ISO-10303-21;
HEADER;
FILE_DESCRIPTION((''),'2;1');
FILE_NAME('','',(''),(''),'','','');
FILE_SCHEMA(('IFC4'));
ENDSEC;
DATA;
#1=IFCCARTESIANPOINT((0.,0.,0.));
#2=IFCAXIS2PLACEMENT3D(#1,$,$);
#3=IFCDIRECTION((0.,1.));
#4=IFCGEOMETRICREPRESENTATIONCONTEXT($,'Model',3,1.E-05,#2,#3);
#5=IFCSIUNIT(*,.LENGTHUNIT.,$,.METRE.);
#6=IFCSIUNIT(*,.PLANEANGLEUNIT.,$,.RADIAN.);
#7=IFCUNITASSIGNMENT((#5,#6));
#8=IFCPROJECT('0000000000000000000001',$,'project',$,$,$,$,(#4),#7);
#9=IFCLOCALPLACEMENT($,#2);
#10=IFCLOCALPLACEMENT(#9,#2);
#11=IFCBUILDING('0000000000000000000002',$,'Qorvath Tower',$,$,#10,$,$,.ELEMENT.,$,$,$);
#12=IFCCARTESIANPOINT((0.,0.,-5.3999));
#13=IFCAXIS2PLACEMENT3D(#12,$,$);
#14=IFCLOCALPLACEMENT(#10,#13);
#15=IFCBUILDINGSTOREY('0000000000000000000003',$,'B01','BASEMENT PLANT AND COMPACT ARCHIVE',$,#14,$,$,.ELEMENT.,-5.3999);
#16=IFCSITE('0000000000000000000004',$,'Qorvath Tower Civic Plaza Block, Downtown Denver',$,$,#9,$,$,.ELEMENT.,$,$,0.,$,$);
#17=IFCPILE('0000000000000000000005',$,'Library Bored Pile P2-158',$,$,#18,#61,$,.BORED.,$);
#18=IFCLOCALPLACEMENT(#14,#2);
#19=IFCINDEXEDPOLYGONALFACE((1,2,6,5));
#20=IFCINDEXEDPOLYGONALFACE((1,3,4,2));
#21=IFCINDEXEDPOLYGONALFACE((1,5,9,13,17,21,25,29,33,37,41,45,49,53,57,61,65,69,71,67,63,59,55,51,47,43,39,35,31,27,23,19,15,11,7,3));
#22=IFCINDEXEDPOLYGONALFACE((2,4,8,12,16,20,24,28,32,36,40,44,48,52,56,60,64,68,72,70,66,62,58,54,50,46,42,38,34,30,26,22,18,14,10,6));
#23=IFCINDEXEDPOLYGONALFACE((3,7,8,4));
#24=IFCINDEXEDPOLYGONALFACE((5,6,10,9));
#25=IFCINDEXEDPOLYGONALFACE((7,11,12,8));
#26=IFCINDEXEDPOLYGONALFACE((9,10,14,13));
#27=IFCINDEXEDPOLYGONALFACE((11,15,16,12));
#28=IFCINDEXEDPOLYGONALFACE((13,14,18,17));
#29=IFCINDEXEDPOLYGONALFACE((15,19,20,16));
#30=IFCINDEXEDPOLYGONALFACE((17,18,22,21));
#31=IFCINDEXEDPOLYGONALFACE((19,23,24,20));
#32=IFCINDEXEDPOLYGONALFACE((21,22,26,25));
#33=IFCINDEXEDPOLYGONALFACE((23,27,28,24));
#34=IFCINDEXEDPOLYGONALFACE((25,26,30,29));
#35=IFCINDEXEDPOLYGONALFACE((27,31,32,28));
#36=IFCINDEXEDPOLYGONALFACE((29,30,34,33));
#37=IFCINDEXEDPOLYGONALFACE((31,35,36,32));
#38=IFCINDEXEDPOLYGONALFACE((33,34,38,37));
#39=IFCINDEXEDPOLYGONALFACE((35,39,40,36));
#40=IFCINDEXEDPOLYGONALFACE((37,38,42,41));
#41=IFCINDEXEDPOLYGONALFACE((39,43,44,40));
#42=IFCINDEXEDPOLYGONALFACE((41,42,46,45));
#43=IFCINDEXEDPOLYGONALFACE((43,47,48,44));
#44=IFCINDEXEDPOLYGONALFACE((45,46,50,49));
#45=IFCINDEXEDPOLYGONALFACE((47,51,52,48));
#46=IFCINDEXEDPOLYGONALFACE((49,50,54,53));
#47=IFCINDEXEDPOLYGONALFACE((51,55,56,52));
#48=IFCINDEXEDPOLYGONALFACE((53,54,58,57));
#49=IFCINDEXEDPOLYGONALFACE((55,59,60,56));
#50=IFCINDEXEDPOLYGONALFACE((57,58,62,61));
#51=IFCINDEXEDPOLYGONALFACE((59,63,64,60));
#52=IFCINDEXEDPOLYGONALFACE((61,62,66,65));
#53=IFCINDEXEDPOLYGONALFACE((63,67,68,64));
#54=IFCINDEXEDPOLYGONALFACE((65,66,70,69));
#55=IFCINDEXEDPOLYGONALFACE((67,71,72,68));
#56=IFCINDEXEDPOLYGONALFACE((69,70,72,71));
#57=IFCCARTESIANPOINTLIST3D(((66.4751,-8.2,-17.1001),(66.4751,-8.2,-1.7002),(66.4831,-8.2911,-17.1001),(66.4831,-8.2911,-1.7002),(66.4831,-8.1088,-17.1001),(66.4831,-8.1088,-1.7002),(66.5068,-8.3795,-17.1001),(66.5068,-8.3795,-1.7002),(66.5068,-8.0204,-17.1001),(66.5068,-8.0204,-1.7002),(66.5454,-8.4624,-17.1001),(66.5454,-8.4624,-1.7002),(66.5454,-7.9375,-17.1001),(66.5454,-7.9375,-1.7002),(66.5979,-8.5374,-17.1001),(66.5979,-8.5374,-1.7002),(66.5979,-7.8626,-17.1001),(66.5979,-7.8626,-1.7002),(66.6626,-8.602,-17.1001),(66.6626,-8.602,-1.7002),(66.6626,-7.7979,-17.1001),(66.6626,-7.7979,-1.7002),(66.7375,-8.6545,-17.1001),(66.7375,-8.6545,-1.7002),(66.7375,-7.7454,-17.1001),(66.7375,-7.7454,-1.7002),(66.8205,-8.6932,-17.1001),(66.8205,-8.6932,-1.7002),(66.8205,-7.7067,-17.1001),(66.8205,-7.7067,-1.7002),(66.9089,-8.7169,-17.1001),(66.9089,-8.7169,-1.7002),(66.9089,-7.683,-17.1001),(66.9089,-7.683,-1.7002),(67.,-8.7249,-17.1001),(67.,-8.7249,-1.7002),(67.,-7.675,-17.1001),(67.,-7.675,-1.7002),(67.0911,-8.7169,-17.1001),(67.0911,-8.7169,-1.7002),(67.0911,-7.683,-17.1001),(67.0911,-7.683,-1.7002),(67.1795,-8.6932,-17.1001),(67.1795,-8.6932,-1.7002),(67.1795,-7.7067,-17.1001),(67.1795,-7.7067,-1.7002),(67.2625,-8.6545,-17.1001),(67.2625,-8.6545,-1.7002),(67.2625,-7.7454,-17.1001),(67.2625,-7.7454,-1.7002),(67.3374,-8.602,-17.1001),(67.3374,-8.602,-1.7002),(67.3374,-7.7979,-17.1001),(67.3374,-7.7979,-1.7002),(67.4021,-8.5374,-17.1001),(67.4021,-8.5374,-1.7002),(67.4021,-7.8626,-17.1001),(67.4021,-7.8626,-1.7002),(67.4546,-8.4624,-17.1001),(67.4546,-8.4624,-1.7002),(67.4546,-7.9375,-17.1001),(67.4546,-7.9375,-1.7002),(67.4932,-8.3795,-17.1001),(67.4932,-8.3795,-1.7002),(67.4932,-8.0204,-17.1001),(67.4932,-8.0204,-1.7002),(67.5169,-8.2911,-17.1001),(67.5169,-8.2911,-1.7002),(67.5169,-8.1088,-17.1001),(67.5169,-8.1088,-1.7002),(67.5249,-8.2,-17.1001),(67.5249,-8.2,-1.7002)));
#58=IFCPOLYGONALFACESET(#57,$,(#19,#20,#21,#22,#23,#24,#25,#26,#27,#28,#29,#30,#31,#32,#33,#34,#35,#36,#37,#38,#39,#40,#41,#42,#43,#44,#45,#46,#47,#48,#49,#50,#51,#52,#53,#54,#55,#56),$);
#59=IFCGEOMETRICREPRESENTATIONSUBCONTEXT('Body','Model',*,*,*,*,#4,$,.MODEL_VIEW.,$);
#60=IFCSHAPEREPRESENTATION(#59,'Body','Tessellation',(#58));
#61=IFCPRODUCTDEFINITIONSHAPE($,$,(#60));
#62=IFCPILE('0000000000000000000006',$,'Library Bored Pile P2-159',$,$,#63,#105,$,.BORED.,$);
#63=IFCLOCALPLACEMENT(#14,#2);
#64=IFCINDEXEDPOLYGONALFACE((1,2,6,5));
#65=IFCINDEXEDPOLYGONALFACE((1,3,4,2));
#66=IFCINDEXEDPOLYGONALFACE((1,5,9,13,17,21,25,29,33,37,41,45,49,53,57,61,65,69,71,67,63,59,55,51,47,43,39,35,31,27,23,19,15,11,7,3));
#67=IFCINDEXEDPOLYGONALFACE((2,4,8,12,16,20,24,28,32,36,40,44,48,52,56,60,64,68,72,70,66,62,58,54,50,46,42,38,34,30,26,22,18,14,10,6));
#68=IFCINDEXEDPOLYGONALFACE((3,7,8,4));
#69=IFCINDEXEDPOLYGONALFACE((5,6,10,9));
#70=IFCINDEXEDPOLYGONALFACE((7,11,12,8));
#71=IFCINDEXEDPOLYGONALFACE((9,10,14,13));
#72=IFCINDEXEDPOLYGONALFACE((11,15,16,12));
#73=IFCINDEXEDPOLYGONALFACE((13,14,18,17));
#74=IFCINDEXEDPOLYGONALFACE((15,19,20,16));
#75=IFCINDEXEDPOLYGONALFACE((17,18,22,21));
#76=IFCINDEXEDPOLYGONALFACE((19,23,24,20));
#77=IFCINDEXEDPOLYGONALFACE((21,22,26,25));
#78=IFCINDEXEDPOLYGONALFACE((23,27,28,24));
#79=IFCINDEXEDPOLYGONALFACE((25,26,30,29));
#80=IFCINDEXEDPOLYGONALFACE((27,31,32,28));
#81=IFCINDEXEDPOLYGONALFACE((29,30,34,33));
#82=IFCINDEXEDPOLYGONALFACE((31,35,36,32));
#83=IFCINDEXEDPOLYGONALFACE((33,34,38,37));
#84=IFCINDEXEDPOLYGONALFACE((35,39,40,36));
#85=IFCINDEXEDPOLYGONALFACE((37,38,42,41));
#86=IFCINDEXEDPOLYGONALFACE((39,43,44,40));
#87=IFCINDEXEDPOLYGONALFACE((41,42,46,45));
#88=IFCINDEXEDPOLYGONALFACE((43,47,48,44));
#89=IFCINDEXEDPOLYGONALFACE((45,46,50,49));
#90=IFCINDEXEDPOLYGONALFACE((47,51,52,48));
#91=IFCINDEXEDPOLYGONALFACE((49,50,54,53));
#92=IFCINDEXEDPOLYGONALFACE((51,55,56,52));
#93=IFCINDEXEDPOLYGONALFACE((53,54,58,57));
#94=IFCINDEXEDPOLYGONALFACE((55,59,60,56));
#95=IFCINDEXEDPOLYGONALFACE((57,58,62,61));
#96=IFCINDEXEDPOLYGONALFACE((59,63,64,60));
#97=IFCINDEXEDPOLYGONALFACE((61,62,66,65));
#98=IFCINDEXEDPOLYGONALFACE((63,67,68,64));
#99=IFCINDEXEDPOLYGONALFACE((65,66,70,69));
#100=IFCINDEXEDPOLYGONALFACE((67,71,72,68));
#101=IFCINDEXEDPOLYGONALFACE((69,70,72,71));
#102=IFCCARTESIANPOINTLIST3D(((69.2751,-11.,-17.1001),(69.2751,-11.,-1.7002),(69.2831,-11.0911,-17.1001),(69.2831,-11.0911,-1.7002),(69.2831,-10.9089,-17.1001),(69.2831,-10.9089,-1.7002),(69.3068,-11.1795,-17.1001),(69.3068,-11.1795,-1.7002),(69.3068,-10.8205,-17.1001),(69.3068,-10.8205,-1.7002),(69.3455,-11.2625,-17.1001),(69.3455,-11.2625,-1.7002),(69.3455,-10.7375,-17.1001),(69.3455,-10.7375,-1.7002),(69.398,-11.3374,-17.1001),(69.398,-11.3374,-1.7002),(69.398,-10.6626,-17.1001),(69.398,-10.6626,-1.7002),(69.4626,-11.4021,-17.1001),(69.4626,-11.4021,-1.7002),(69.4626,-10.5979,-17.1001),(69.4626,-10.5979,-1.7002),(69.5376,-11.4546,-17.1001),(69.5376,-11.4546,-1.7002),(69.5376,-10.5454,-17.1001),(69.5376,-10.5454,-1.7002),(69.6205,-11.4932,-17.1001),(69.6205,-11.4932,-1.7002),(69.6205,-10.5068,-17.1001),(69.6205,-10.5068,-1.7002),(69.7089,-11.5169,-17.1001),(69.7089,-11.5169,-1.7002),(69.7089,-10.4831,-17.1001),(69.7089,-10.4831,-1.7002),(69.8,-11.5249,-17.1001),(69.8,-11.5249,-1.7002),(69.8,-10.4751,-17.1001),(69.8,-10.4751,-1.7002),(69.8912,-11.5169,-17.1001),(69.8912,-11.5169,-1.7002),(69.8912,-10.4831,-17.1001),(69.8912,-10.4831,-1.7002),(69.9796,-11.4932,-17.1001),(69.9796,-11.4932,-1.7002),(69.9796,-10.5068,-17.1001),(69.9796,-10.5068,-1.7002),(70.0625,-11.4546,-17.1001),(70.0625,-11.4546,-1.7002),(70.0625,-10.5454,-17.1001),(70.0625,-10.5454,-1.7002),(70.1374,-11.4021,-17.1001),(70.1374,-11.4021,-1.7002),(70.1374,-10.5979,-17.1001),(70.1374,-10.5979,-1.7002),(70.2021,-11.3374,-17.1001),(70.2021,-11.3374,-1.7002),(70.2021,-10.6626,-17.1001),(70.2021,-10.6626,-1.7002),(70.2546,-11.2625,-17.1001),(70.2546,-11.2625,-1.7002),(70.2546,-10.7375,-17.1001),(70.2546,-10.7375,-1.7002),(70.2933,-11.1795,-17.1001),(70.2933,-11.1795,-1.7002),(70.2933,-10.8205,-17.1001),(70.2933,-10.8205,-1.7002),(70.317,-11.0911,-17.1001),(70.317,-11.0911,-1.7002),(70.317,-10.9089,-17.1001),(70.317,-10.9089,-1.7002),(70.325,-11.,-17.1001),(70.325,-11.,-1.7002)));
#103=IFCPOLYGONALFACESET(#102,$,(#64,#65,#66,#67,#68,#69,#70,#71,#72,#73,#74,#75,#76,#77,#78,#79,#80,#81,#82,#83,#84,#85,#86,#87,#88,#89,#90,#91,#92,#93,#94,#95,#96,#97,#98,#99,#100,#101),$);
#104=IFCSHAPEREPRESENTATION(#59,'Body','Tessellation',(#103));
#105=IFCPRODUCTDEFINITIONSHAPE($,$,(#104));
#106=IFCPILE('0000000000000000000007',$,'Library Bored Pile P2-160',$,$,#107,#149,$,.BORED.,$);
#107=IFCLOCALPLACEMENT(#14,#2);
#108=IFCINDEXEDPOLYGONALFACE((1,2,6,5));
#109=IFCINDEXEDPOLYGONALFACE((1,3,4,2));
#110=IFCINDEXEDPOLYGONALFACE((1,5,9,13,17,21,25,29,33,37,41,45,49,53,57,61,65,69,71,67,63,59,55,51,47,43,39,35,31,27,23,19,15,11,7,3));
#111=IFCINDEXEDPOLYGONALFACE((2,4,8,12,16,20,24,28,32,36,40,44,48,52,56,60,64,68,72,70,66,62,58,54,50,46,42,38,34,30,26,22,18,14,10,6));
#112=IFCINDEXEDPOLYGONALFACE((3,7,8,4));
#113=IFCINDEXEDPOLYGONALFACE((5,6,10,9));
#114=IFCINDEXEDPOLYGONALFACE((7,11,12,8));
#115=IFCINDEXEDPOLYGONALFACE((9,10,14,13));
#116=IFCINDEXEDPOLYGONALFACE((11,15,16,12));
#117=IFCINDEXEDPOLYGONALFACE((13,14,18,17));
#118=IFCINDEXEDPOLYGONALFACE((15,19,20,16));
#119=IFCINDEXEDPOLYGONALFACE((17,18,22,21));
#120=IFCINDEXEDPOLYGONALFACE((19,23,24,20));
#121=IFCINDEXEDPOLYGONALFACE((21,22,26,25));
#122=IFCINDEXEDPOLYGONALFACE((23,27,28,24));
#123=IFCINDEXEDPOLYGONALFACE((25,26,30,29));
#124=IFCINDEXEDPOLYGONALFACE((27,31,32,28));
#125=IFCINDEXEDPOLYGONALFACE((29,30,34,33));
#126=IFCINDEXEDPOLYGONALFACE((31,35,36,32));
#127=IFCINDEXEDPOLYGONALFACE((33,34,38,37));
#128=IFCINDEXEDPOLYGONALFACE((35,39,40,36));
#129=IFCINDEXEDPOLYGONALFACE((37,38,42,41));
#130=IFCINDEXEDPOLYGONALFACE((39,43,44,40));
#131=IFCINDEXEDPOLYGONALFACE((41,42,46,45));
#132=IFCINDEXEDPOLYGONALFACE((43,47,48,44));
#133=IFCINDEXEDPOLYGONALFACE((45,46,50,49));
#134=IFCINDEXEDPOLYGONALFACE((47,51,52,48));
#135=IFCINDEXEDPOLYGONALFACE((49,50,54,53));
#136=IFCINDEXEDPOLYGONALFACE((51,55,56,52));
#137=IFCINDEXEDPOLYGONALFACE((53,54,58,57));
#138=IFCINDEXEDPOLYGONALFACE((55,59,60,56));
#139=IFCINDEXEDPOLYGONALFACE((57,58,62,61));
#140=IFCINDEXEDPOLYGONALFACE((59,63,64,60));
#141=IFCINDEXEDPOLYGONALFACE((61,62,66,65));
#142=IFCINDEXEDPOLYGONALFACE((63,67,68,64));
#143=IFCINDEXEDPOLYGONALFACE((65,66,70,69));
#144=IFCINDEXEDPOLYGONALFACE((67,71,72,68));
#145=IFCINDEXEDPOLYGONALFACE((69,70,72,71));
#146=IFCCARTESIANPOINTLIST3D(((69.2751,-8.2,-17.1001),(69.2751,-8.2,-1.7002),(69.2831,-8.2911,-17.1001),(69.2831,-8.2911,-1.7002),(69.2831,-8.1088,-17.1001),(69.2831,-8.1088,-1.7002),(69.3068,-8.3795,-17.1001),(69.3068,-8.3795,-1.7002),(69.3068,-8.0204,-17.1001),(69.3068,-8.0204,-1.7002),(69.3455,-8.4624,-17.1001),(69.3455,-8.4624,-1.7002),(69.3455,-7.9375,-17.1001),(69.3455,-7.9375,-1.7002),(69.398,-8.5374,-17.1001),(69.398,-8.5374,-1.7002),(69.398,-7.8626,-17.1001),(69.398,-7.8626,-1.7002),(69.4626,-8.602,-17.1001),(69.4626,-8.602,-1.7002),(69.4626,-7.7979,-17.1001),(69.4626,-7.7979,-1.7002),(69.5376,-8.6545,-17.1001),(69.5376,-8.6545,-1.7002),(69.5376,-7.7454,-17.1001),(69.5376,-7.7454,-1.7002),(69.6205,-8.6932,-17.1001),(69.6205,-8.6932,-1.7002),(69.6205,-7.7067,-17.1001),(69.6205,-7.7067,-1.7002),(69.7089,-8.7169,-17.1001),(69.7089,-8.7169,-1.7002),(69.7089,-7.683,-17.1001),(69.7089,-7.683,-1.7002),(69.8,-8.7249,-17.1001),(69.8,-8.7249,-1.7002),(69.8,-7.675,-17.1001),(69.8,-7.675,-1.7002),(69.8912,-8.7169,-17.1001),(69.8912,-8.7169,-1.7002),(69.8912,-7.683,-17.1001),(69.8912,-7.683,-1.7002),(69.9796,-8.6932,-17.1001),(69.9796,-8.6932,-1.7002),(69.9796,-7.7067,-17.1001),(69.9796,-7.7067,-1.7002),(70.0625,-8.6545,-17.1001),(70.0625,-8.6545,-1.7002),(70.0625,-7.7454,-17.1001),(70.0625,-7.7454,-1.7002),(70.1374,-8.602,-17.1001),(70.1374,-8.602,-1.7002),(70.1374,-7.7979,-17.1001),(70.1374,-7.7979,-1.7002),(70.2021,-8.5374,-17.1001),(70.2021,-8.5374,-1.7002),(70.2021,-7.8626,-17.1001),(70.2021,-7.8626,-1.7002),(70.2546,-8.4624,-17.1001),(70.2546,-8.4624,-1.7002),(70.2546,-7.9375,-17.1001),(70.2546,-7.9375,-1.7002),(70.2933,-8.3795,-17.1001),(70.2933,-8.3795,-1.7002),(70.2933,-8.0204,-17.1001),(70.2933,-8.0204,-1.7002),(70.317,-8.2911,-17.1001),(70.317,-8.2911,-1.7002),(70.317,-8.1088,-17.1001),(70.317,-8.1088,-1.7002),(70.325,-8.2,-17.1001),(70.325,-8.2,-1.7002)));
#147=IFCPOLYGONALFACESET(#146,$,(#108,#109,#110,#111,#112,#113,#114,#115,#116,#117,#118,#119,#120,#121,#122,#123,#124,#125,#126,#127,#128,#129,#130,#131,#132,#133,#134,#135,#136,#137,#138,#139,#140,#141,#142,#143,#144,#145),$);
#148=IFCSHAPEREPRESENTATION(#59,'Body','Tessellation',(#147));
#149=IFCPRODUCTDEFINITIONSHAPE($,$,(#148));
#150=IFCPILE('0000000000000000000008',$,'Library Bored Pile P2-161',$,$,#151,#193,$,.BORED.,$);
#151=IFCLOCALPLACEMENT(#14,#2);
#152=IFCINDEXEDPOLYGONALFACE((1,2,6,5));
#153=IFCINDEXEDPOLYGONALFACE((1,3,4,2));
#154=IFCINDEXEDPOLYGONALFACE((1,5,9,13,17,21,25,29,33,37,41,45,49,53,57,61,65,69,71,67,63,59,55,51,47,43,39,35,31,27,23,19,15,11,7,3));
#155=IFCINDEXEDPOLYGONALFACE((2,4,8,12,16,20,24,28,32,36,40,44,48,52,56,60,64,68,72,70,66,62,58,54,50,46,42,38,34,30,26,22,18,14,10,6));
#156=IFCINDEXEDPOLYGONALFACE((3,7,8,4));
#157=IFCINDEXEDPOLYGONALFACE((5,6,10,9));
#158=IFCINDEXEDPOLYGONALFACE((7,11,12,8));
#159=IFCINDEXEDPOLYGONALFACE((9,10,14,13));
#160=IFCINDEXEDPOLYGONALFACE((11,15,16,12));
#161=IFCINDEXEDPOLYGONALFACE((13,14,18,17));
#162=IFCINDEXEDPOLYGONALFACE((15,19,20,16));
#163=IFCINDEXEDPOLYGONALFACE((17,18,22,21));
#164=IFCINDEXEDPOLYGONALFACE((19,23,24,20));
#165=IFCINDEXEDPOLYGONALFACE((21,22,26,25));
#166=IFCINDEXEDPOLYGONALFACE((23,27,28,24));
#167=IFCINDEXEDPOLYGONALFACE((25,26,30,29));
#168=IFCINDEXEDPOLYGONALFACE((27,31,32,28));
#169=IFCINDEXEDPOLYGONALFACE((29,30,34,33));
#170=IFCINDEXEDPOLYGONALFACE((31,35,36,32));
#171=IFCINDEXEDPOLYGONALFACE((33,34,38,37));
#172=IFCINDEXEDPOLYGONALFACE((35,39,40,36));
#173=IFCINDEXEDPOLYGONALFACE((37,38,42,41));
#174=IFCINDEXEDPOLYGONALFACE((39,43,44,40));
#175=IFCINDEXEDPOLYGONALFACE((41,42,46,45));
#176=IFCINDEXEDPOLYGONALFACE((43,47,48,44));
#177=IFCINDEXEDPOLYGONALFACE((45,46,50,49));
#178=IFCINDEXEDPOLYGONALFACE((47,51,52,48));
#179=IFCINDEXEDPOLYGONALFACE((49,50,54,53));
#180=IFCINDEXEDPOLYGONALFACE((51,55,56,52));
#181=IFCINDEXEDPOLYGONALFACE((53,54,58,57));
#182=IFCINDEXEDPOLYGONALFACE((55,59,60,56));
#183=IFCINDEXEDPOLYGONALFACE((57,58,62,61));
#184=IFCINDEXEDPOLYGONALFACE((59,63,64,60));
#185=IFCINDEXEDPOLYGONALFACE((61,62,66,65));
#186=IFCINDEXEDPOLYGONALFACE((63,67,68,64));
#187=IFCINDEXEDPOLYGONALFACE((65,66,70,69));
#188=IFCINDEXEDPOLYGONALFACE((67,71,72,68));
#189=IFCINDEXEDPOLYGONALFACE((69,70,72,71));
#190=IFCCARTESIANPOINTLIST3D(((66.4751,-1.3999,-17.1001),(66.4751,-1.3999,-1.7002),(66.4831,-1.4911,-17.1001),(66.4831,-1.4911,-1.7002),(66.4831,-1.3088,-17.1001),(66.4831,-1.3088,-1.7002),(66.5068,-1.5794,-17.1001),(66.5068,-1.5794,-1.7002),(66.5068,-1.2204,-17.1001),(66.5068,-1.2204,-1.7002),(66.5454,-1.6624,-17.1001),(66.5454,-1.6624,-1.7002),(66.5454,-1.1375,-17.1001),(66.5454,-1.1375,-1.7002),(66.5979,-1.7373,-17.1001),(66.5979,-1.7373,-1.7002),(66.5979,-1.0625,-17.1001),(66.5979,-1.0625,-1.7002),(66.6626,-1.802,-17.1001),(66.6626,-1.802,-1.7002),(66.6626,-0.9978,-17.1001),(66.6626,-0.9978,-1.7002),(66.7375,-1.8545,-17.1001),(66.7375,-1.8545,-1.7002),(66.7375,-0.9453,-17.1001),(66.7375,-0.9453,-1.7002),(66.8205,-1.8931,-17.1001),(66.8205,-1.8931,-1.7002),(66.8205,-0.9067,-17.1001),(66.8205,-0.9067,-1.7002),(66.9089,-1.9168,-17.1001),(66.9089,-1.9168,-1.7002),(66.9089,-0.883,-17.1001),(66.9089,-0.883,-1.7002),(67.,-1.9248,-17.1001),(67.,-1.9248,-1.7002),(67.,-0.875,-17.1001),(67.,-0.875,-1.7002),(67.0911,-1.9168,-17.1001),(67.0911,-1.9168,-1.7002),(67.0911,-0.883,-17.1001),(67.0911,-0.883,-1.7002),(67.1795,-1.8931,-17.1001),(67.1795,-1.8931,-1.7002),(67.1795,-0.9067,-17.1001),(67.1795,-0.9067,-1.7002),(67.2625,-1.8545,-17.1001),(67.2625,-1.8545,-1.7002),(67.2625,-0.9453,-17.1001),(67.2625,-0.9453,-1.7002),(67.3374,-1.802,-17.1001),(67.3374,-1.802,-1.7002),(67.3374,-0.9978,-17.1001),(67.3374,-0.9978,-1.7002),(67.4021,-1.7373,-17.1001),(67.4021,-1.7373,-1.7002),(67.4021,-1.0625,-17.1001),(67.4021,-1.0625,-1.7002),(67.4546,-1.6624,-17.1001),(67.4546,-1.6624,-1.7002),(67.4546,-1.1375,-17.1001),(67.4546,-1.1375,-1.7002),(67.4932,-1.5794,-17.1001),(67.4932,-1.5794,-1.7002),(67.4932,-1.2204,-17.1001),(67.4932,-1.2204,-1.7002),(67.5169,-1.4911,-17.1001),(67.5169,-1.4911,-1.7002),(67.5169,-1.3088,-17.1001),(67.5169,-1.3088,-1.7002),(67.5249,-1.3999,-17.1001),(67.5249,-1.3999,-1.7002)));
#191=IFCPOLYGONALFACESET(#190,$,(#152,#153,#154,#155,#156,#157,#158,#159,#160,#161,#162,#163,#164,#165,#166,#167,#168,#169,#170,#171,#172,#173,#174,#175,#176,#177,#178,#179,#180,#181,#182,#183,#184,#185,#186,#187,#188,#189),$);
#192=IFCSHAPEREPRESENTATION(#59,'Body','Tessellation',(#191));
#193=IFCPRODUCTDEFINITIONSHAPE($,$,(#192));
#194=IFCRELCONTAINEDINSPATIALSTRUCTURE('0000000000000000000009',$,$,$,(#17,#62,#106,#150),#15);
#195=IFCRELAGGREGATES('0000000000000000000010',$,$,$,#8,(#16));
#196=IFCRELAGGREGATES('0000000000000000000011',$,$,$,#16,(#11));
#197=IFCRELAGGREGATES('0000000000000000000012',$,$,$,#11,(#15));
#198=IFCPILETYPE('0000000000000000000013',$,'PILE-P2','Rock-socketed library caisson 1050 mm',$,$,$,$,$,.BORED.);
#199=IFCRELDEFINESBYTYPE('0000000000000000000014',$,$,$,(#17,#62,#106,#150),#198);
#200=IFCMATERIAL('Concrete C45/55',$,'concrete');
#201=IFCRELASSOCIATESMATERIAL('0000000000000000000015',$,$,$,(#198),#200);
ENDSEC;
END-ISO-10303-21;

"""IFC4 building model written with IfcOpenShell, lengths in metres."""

from ifc_helpers import new_model, si_unit, direction, frame, origin, origin_2d, place, context, subcontext, project, spatial, circle, extrude, material, material_profile, profile_set, type_object, element, save


model = new_model("IFC4")

# Units and contexts
model_context = context("Model", 3, precision=1e-05, world=origin(), true_north=direction((0.0, 1.0)))
body_context = subcontext(model_context, "Body", "Model", "MODEL_VIEW")
ifc_project = project(units=[si_unit("LENGTHUNIT", "METRE"), si_unit("PLANEANGLEUNIT", "RADIAN")], contexts=[model_context])

# Site, building, storey
site_placement = place(None, origin())
site = spatial("IfcSite", under=ifc_project, at=site_placement, Name="Qorvath Tower Civic Plaza Block, Downtown Denver", CompositionType="ELEMENT", RefElevation=0.0)
building_placement = place(site_placement, origin())
building = spatial("IfcBuilding", under=site, at=building_placement, Name="Qorvath Tower", CompositionType="ELEMENT")
storey_placement = place(building_placement, frame((0.0, 0.0, -5.3999)))
storey = spatial("IfcBuildingStorey", under=building, at=storey_placement, Name="B01", Description="BASEMENT PLANT AND COMPACT ARCHIVE", CompositionType="ELEMENT", Elevation=-5.3999)

# Piles
ifc_material_1 = material(Name="Concrete C45/55", Category="concrete")
ifc_material_profile_1 = material_profile(ifc_material_1, circle(Radius=0.5249, at=origin_2d()), Name="BORED PILE 1050")
ifc_profile_set_1 = profile_set([ifc_material_profile_1], Name="Concrete C45/55")
pile_type = type_object("IfcPileType", Name="PILE-P2", Description="Rock-socketed library caisson 1050 mm", PredefinedType="BORED", material=ifc_profile_set_1)
for number, where, z_axis, x_axis, name in (
    (1, (67.0, -8.2, -1.7002), (0.0, 0.0, -1.0), (1.0, 0.0, 0.0), "Library Bored Pile P2-158"),
    (2, (69.8, -11.0, -1.7002), (0.0, 0.0, -1.0), (1.0, 0.0, 0.0), "Library Bored Pile P2-159"),
    (3, (69.8, -8.2, -1.7002), (0.0, 0.0, -1.0), (1.0, 0.0, 0.0), "Library Bored Pile P2-160"),
    (4, (67.0, -1.3999, -1.7002), (0.0, 0.0, -1.0), (1.0, 0.0, 0.0), "Library Bored Pile P2-161"),
):
    element("IfcPile", number, at=place(storey_placement, frame(where, z_axis=z_axis, x_axis=x_axis)), inside=storey, type_object=pile_type, Name=name, PredefinedType="BORED", context=body_context, shape_type="SweptSolid", body=[
        extrude(circle(Radius=0.5249, at=origin_2d()), origin(), (0.0, 0.0, 1.0), 15.3999),
    ])

save(model, "model.ifc")
